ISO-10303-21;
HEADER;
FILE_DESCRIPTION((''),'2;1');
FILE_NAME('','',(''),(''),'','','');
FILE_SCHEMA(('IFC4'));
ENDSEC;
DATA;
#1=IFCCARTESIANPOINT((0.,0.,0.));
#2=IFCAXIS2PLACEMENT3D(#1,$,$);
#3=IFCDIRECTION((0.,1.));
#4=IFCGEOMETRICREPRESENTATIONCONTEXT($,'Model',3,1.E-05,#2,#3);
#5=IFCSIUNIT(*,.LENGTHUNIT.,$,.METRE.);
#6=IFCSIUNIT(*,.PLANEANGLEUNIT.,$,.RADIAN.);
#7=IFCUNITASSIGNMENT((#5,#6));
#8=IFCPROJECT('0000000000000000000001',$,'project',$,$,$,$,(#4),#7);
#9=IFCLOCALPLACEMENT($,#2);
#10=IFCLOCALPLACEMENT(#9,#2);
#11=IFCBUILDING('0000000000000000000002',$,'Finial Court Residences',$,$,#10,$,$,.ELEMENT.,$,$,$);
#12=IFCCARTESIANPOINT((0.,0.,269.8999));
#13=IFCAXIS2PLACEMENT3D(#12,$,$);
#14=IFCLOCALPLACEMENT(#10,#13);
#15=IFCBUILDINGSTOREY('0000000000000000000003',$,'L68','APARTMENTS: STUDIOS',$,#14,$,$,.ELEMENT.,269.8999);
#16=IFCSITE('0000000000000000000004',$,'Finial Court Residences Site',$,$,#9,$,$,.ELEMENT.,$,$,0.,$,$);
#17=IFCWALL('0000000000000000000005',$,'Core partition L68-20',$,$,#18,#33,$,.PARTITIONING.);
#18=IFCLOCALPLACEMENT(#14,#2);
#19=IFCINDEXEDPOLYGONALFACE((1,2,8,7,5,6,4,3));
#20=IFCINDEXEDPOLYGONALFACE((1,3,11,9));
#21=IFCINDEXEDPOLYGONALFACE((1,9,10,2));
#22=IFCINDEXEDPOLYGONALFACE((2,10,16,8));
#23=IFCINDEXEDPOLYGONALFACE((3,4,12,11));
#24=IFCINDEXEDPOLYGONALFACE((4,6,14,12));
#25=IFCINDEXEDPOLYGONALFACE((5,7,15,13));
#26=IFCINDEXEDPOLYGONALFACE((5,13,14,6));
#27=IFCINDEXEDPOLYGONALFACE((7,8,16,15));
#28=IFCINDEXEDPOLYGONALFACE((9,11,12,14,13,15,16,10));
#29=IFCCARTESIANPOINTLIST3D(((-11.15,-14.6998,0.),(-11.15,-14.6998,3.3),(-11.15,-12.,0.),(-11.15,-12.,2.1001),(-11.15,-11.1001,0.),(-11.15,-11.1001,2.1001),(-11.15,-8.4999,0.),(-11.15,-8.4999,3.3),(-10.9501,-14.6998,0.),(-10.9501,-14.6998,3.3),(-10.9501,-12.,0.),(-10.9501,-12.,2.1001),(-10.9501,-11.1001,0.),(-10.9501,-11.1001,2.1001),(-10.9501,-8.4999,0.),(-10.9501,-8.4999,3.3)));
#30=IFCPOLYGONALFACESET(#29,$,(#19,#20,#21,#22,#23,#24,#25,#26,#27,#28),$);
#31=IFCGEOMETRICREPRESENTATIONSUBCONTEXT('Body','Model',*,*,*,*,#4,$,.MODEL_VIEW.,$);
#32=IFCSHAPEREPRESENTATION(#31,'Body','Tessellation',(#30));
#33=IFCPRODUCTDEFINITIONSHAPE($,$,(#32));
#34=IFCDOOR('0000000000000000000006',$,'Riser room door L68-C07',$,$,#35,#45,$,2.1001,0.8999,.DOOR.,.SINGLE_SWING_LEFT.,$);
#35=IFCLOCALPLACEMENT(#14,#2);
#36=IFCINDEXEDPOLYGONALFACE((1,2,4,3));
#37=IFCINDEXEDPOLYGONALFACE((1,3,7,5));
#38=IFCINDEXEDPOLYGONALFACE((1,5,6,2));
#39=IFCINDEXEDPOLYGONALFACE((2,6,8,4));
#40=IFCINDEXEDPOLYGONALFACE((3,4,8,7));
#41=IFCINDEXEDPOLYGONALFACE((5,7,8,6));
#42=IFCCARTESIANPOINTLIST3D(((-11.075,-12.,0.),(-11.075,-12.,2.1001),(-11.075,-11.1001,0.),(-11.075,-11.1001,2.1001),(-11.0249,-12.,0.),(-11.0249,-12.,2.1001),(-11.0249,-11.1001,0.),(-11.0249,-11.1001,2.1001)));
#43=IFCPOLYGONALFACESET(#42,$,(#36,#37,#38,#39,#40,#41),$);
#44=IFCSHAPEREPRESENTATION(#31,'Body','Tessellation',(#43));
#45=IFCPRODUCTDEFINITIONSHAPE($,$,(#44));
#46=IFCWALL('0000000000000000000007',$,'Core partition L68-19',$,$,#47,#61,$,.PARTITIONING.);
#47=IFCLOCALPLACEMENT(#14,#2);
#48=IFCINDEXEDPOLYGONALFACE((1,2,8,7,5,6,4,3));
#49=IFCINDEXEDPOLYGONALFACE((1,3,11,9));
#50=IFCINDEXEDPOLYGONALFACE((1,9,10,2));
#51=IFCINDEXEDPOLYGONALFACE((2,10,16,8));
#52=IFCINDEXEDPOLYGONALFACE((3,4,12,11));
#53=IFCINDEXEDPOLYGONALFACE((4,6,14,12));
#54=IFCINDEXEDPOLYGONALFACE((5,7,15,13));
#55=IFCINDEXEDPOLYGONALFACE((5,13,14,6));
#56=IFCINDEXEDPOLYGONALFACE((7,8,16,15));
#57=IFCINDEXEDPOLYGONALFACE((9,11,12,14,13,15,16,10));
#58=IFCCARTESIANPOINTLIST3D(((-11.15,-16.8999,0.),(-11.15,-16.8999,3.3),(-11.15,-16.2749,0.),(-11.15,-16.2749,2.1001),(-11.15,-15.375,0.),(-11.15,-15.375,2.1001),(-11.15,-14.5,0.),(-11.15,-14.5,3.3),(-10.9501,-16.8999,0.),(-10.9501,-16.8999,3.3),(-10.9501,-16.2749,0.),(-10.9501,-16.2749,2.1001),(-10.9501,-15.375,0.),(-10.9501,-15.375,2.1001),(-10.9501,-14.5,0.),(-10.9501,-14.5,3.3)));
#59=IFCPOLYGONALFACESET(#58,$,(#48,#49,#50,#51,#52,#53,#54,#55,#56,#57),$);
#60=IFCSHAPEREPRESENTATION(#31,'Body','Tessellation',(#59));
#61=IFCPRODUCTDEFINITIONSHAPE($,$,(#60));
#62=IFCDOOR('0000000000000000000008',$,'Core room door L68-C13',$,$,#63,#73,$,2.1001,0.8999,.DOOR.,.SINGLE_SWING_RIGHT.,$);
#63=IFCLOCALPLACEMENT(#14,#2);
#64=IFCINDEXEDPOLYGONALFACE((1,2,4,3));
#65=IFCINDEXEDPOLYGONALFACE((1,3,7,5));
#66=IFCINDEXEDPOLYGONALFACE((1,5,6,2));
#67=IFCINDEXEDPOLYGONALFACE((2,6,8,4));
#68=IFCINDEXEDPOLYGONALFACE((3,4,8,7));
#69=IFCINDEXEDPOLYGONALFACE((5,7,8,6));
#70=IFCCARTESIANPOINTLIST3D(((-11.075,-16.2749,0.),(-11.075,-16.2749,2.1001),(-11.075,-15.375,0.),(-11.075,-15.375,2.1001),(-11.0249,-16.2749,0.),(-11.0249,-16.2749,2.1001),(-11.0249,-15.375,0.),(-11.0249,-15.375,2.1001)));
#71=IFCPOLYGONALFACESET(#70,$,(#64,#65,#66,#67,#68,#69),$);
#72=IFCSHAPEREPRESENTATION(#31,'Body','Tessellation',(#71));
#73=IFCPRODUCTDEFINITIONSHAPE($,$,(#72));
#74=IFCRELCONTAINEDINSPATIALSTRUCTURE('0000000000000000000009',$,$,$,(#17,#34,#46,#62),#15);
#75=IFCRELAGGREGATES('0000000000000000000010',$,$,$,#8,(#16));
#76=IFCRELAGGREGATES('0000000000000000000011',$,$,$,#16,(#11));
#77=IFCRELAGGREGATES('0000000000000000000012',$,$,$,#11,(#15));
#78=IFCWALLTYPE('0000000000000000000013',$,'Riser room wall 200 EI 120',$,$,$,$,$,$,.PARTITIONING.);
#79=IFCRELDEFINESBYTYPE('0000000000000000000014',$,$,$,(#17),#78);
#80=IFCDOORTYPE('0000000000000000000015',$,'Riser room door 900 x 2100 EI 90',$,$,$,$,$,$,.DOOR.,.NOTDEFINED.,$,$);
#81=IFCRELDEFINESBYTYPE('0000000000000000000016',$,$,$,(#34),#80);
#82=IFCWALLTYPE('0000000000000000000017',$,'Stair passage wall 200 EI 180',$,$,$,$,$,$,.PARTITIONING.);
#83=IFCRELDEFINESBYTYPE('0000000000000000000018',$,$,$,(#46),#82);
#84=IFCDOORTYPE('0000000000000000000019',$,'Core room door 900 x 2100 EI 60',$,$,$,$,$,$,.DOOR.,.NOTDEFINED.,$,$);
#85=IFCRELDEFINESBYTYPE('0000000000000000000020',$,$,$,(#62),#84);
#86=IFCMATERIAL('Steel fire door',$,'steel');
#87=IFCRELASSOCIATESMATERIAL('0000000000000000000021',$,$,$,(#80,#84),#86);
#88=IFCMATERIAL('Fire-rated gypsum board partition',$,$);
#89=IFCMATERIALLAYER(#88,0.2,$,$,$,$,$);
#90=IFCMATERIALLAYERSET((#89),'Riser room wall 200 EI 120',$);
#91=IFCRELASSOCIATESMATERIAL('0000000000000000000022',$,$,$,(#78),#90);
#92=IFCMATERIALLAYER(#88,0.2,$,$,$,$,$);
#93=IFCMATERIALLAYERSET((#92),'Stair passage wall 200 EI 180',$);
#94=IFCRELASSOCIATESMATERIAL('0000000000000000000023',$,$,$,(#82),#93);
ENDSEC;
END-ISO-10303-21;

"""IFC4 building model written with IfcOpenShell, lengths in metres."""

from ifc_helpers import new_model, si_unit, direction, frame, frame_2d, origin, place, context, subcontext, project, spatial, rectangle, extrude, material, layer, layer_set, type_object, element, fill, save


model = new_model("IFC4")

# Units and contexts
model_context = context("Model", 3, precision=1e-05, world=origin(), true_north=direction((0.0, 1.0)))
body_context = subcontext(model_context, "Body", "Model", "MODEL_VIEW")
ifc_project = project(units=[si_unit("LENGTHUNIT", "METRE"), si_unit("PLANEANGLEUNIT", "RADIAN")], contexts=[model_context])

# Site, building, storey
site_placement = place(None, origin())
site = spatial("IfcSite", under=ifc_project, at=site_placement, Name="Finial Court Residences Site", CompositionType="ELEMENT", RefElevation=0.0)
building_placement = place(site_placement, origin())
building = spatial("IfcBuilding", under=site, at=building_placement, Name="Finial Court Residences", CompositionType="ELEMENT")
storey_placement = place(building_placement, frame((0.0, 0.0, 269.8999)))
storey = spatial("IfcBuildingStorey", under=building, at=storey_placement, Name="L68", Description="APARTMENTS: STUDIOS", CompositionType="ELEMENT", Elevation=269.8999)

# Shared definitions
ifc_material_1 = material(Name="Steel fire door", Category="steel")
door_type_1 = type_object("IfcDoorType", Name="Riser room door 900 x 2100 EI 90", OperationType="NOTDEFINED", PredefinedType="DOOR", material=ifc_material_1)

# Shared definitions
ifc_material_2 = material(Name="Fire-rated gypsum board partition")
ifc_layer_1 = layer(ifc_material_2, 0.2)
ifc_layer_set_1 = layer_set([ifc_layer_1], Name="Riser room wall 200 EI 120")
wall_type_1 = type_object("IfcWallType", Name="Riser room wall 200 EI 120", PredefinedType="PARTITIONING", material=ifc_layer_set_1)

# Walls, openings, doors
wall_1_placement = place(storey_placement, frame((-11.05, -14.7, 0.0), z_axis=(0.0, 0.0, 1.0), x_axis=(0.0, 1.0, 0.0)))
wall_1 = element("IfcWall", 1, at=wall_1_placement, inside=storey, type_object=wall_type_1, Name="Core partition L68-20", PredefinedType="PARTITIONING", context=body_context, shape_type="SweptSolid", body=[
    extrude(rectangle(XDim=6.2, YDim=0.2, at=frame_2d((3.1001, 0.0))), origin(), (0.0, 0.0, 1.0), 3.3),
])
opening_1_placement = place(wall_1_placement, frame((2.7, 0.0, 0.0)))
opening_1 = element("IfcOpeningElement", 2, at=opening_1_placement, cuts=wall_1, PredefinedType="OPENING", context=body_context, shape_type="SweptSolid", body=[
    extrude(rectangle(XDim=0.8999, YDim=2.1001, at=frame_2d((0.45, 1.05))), frame((0.0, 0.1099, 0.0), z_axis=(0.0, -1.0, 0.0), x_axis=(1.0, 0.0, 0.0)), (0.0, 0.0, 1.0), 0.22),
])
door_1_placement = place(opening_1_placement, origin())
door_1 = element("IfcDoor", 3, at=door_1_placement, inside=storey, type_object=door_type_1, Name="Riser room door L68-C07", OperationType="SINGLE_SWING_LEFT", OverallHeight=2.1001, OverallWidth=0.8999, PredefinedType="DOOR", context=body_context, shape_type="SweptSolid", body=[
    extrude(rectangle(XDim=0.8999, YDim=2.1001, at=frame_2d((0.45, 1.05))), frame((0.0, 0.0249, 0.0), z_axis=(0.0, -1.0, 0.0), x_axis=(1.0, 0.0, 0.0)), (0.0, 0.0, 1.0), 0.05),
])
fill(opening_1, door_1)
ifc_layer_2 = layer(ifc_material_2, 0.2)
ifc_layer_set_2 = layer_set([ifc_layer_2], Name="Stair passage wall 200 EI 180")
wall_type_2 = type_object("IfcWallType", Name="Stair passage wall 200 EI 180", PredefinedType="PARTITIONING", material=ifc_layer_set_2)
wall_2_placement = place(storey_placement, frame((-11.05, -16.8999, 0.0), z_axis=(0.0, 0.0, 1.0), x_axis=(0.0, 1.0, 0.0)))
wall_2 = element("IfcWall", 4, at=wall_2_placement, inside=storey, type_object=wall_type_2, Name="Core partition L68-19", PredefinedType="PARTITIONING", context=body_context, shape_type="SweptSolid", body=[
    extrude(rectangle(XDim=2.3999, YDim=0.2, at=frame_2d((1.2, 0.0))), origin(), (0.0, 0.0, 1.0), 3.3),
])
opening_2_placement = place(wall_2_placement, frame((0.625, 0.0, 0.0)))
opening_2 = element("IfcOpeningElement", 5, at=opening_2_placement, cuts=wall_2, PredefinedType="OPENING", context=body_context, shape_type="SweptSolid", body=[
    extrude(rectangle(XDim=0.8999, YDim=2.1001, at=frame_2d((0.45, 1.05))), frame((0.0, 0.1099, 0.0), z_axis=(0.0, -1.0, 0.0), x_axis=(1.0, 0.0, 0.0)), (0.0, 0.0, 1.0), 0.22),
])
door_type_2 = type_object("IfcDoorType", Name="Core room door 900 x 2100 EI 60", OperationType="NOTDEFINED", PredefinedType="DOOR", material=ifc_material_1)
door_2_placement = place(opening_2_placement, origin())
door_2 = element("IfcDoor", 6, at=door_2_placement, inside=storey, type_object=door_type_2, Name="Core room door L68-C13", OperationType="SINGLE_SWING_RIGHT", OverallHeight=2.1001, OverallWidth=0.8999, PredefinedType="DOOR", context=body_context, shape_type="SweptSolid", body=[
    extrude(rectangle(XDim=0.8999, YDim=2.1001, at=frame_2d((0.45, 1.05))), frame((0.0, 0.0249, 0.0), z_axis=(0.0, -1.0, 0.0), x_axis=(1.0, 0.0, 0.0)), (0.0, 0.0, 1.0), 0.05),
])
fill(opening_2, door_2)

save(model, "model.ifc")
